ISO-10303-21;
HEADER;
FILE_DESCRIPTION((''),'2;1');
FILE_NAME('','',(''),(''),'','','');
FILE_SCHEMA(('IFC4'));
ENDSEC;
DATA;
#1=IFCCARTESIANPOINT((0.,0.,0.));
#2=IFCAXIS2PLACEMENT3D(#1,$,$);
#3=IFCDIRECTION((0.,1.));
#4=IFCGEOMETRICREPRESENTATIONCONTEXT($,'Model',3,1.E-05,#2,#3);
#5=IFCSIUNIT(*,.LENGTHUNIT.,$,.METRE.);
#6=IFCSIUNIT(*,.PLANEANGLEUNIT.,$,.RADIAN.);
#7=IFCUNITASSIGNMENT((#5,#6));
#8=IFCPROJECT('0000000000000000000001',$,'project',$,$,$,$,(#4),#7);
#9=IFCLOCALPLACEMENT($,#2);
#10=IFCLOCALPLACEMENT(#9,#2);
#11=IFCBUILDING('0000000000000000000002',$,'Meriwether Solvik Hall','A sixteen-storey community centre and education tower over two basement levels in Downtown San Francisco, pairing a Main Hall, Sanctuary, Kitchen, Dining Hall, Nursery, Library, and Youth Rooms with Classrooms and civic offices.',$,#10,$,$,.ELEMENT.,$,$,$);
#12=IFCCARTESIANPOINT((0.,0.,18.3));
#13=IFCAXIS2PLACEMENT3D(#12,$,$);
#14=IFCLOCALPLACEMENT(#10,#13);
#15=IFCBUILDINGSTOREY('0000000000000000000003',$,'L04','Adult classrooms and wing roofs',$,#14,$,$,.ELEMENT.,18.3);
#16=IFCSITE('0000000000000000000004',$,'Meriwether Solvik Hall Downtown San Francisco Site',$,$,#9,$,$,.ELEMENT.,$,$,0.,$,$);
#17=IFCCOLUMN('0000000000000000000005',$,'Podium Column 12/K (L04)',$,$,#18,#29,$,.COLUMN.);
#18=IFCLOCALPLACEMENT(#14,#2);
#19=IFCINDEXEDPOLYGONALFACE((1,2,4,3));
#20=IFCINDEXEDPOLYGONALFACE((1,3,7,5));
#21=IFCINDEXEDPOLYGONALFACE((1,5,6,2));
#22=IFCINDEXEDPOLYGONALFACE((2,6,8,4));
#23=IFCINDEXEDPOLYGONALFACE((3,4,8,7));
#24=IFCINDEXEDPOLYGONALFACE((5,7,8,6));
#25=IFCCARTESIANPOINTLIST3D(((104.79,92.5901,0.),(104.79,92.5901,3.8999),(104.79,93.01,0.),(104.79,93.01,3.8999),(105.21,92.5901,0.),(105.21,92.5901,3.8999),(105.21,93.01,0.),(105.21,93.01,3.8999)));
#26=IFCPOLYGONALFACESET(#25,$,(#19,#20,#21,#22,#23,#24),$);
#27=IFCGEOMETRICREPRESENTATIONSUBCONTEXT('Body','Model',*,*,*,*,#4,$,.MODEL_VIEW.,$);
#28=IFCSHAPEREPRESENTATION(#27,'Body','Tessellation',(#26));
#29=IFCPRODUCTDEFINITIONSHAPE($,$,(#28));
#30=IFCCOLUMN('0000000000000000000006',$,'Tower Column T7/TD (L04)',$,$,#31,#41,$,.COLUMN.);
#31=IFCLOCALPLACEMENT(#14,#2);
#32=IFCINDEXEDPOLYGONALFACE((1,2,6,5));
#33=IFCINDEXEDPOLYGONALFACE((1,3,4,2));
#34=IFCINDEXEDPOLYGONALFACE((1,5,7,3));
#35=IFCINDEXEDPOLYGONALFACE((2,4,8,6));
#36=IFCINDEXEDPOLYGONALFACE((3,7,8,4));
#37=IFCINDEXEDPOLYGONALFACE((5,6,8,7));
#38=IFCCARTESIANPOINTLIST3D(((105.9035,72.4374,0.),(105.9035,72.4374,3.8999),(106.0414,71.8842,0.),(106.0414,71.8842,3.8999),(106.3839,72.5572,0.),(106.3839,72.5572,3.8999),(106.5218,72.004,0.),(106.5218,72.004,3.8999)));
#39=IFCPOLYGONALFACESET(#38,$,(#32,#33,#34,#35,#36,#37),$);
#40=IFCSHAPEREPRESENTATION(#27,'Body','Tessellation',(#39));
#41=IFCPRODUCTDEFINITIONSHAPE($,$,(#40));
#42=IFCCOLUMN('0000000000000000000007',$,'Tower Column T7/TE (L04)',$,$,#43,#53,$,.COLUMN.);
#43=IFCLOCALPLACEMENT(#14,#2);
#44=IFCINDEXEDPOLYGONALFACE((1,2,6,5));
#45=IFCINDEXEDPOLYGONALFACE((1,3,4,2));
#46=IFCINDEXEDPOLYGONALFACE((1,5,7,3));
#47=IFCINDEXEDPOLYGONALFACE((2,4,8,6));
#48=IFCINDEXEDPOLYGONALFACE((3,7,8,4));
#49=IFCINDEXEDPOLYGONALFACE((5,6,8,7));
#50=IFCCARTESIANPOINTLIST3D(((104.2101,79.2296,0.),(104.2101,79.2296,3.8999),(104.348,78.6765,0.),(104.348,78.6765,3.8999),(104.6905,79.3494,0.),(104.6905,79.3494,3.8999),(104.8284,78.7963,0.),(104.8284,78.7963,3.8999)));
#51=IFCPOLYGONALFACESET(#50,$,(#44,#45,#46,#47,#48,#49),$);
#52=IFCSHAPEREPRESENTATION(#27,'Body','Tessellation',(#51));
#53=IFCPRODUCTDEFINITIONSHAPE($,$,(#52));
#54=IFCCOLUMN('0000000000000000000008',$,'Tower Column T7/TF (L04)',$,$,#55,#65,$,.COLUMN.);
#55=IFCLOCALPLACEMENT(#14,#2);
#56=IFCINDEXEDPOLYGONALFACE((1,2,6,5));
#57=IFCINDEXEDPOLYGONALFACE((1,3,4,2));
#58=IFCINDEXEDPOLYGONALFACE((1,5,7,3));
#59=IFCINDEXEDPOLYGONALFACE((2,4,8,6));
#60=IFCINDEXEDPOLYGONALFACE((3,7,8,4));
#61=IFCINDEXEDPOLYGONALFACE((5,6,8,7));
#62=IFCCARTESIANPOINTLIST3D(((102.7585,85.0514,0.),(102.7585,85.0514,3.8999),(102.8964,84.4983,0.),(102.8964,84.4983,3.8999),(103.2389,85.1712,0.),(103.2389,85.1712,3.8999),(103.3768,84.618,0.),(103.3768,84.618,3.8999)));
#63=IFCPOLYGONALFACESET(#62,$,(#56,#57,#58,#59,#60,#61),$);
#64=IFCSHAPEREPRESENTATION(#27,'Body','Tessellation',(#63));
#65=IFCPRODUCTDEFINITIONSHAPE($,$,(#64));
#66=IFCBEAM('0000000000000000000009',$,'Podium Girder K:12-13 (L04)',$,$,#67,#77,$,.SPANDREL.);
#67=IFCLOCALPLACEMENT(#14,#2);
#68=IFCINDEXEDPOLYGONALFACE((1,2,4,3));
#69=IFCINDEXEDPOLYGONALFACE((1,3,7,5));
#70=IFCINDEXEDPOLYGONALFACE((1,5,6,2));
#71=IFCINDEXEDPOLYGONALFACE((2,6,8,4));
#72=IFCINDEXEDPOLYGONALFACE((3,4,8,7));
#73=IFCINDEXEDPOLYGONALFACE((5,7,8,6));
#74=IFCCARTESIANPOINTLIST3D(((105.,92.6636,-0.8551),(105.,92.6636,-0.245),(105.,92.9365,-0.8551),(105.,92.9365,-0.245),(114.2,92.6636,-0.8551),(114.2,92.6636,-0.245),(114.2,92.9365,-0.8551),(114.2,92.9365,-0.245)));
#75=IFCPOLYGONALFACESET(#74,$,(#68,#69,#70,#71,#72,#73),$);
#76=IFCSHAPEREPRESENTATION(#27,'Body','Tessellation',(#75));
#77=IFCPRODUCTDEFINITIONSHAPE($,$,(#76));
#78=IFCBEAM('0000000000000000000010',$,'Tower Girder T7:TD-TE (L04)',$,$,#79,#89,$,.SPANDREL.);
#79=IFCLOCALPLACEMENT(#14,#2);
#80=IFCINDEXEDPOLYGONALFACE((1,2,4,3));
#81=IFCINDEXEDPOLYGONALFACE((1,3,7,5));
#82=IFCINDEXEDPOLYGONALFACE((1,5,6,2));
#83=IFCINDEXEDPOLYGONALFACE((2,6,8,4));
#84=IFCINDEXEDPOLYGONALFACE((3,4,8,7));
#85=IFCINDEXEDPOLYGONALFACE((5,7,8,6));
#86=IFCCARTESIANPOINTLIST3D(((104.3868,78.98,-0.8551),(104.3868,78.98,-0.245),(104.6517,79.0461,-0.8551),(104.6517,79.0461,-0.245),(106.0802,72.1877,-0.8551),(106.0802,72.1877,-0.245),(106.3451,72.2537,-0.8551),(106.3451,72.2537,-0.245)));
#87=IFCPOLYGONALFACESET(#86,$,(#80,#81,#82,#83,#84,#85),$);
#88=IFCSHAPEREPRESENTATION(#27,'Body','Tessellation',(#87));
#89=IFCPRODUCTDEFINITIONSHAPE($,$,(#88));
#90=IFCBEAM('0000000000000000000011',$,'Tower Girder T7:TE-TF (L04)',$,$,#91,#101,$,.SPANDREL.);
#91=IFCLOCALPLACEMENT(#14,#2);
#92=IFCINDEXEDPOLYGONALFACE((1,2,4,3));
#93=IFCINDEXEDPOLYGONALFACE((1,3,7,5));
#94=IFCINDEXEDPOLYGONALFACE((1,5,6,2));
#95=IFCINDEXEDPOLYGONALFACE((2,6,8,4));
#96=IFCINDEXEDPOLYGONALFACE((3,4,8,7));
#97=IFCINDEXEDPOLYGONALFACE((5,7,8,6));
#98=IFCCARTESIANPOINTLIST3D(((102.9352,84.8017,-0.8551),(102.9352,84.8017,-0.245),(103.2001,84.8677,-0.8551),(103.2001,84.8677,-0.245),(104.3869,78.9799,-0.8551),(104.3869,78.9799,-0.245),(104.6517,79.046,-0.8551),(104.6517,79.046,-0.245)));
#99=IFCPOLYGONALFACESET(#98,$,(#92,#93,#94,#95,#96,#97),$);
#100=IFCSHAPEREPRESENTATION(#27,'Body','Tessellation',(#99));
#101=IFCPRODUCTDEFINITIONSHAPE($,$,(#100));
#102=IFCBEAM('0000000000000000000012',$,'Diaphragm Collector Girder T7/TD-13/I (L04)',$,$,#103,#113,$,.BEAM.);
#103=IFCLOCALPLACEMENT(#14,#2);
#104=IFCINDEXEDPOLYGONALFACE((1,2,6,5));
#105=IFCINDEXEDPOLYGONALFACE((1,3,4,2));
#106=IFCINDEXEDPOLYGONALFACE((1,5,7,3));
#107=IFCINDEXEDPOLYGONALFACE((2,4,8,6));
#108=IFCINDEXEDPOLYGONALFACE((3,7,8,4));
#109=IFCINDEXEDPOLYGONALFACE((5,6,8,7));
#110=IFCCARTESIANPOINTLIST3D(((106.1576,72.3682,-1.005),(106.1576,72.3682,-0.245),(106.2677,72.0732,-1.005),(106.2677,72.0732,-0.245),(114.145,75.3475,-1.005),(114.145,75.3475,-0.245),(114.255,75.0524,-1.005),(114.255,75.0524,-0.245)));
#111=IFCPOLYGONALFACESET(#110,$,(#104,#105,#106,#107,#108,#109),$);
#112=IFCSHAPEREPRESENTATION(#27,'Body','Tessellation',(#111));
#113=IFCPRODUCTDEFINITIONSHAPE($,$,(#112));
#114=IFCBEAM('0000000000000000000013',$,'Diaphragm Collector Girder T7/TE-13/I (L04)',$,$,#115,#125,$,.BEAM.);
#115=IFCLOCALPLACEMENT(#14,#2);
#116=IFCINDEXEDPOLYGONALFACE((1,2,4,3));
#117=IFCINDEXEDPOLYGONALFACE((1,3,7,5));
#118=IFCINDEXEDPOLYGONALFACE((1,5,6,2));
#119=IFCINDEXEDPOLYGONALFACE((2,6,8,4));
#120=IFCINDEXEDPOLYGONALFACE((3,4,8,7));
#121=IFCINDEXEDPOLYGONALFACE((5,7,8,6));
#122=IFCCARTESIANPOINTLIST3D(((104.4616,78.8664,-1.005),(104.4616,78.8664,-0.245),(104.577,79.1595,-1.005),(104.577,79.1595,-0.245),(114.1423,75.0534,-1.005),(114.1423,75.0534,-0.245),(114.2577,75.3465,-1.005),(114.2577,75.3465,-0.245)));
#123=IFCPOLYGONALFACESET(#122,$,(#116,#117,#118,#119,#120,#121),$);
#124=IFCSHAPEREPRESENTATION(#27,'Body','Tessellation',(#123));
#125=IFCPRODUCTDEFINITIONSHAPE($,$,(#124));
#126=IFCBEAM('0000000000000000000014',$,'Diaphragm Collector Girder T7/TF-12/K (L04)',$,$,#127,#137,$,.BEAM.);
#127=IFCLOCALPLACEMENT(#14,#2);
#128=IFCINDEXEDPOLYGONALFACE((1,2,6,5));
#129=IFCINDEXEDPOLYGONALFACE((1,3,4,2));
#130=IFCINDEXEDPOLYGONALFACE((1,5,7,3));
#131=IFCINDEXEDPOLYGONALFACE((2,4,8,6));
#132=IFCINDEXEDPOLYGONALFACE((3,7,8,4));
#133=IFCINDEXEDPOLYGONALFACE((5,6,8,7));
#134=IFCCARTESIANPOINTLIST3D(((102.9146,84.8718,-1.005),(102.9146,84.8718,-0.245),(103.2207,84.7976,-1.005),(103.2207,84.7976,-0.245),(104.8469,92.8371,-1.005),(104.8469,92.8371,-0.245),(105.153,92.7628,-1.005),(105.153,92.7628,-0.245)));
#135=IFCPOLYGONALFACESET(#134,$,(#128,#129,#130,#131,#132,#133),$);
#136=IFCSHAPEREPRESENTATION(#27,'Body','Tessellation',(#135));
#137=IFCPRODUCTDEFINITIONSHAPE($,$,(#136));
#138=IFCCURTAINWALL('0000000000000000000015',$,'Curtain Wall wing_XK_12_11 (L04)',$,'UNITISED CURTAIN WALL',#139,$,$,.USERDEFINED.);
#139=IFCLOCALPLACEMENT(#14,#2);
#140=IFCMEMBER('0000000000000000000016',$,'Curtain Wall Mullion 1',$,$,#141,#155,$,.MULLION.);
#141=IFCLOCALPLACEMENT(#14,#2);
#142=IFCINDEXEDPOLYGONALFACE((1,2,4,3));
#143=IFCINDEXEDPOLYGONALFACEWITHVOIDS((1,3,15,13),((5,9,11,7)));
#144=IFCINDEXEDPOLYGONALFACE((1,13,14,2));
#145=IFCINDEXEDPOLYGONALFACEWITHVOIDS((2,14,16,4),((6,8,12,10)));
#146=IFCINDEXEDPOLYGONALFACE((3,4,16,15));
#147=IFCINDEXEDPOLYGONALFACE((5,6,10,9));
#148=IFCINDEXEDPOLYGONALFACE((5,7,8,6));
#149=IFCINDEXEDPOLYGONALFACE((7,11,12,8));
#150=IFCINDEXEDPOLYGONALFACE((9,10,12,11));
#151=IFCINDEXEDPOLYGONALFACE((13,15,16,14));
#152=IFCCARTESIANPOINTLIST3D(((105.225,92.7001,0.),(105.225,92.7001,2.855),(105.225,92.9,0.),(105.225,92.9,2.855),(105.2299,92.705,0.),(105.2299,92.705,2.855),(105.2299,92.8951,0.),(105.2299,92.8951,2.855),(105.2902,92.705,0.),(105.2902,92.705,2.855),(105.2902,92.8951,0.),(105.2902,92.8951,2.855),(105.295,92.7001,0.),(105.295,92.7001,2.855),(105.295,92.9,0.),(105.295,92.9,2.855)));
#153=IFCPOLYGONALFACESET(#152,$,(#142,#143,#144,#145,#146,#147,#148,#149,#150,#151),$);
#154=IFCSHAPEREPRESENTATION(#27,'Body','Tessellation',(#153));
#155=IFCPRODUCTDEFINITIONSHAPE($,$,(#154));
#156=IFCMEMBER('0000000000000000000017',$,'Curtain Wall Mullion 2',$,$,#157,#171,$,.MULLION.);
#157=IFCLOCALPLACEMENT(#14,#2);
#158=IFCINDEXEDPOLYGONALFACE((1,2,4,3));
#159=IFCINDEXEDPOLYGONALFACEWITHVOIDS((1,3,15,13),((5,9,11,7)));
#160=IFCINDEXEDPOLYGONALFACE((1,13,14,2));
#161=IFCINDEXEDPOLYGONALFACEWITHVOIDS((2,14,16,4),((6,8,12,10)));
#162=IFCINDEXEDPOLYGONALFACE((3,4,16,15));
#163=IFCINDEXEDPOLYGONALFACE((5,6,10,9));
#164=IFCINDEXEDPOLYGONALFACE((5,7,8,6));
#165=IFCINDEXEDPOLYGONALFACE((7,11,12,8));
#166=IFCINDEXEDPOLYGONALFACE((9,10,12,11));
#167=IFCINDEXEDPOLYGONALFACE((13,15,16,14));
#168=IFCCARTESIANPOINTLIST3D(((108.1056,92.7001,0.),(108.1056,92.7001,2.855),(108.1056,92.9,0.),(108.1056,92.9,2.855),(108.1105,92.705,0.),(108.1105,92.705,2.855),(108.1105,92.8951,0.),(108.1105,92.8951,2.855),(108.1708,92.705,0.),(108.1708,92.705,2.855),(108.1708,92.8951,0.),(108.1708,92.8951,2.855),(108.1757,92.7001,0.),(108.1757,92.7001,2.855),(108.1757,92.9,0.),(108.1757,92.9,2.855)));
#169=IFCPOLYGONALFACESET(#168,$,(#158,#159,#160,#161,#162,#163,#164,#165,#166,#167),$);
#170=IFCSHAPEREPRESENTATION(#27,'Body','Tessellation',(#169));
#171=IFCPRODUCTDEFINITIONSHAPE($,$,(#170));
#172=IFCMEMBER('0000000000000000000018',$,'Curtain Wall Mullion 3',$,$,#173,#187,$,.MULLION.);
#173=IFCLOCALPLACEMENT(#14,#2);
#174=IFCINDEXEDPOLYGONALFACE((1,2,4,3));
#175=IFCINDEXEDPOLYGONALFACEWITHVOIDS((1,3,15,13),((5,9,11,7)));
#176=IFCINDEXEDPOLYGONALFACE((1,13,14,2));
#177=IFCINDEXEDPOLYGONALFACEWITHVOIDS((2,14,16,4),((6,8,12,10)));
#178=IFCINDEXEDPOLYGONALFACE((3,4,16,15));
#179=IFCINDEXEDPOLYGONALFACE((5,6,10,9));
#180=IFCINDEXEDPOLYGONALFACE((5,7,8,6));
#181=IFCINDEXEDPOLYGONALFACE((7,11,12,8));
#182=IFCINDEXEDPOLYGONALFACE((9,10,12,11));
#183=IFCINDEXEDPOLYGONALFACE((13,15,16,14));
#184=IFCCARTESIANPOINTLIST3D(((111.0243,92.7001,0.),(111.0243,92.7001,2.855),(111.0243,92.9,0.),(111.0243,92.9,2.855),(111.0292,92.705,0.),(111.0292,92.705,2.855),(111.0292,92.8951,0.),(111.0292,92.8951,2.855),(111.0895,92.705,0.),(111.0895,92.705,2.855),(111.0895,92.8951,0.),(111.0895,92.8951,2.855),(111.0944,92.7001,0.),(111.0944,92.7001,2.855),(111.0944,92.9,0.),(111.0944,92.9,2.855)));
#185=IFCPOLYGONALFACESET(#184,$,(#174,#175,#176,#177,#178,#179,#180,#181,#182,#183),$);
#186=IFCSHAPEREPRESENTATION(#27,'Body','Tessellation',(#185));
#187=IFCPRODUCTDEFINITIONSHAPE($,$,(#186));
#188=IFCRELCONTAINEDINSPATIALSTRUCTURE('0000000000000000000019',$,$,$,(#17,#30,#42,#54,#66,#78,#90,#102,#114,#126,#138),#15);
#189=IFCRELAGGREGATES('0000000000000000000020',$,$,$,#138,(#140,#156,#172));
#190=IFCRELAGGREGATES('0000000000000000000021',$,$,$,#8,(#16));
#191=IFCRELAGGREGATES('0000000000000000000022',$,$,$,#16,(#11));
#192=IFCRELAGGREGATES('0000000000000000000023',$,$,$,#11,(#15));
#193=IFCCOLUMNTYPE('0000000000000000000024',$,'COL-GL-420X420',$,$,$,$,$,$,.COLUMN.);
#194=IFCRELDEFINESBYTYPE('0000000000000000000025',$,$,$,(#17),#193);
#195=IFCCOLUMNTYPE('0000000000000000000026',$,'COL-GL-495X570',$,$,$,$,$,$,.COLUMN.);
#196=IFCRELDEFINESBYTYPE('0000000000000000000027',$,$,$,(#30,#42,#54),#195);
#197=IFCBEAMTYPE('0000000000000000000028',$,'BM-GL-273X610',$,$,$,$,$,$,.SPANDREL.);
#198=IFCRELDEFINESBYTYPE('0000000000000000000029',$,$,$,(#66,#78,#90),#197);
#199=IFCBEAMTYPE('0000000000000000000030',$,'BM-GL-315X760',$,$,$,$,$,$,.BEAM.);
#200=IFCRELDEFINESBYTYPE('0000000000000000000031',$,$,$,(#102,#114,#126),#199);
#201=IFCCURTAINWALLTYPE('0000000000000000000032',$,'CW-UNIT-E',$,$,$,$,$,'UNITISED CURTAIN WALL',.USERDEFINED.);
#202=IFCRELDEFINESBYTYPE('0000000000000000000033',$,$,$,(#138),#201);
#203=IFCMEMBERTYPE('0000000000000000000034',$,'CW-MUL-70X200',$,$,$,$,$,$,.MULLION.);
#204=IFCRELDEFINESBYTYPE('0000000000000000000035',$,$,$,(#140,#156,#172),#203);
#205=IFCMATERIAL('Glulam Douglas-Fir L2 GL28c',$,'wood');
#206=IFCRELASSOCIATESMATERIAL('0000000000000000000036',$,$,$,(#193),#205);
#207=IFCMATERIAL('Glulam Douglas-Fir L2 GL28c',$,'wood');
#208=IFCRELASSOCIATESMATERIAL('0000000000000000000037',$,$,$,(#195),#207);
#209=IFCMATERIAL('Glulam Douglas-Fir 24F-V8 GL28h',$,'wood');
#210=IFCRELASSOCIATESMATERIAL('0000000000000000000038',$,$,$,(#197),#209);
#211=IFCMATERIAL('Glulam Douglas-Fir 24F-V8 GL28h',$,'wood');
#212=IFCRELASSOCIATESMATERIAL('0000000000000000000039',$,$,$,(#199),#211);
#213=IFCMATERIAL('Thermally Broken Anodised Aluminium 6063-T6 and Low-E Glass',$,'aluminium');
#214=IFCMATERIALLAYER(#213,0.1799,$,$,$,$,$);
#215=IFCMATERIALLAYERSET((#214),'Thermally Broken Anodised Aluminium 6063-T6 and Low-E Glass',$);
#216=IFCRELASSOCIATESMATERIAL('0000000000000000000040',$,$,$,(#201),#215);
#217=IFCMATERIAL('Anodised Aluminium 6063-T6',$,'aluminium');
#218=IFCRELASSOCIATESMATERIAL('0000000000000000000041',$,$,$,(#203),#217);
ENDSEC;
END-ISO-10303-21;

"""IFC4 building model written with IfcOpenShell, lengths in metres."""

from ifc_helpers import new_model, si_unit, direction, frame, origin, origin_2d, place, context, subcontext, project, spatial, rectangle, hollow_rectangle, extrude, material, layer, layer_set, material_profile, profile_set, type_object, element, aggregate, save


model = new_model("IFC4")

# Units and contexts
model_context = context("Model", 3, precision=1e-05, world=origin(), true_north=direction((0.0, 1.0)))
body_context = subcontext(model_context, "Body", "Model", "MODEL_VIEW")
ifc_project = project(units=[si_unit("LENGTHUNIT", "METRE"), si_unit("PLANEANGLEUNIT", "RADIAN")], contexts=[model_context])

# Site, building, storey
site_placement = place(None, origin())
site = spatial("IfcSite", under=ifc_project, at=site_placement, Name="Meriwether Solvik Hall Downtown San Francisco Site", CompositionType="ELEMENT", RefElevation=0.0)
building_placement = place(site_placement, origin())
building = spatial("IfcBuilding", under=site, at=building_placement, Name="Meriwether Solvik Hall", Description="A sixteen-storey community centre and education tower over two basement levels in Downtown San Francisco, pairing a Main Hall, Sanctuary, Kitchen, Dining Hall, Nursery, Library, and Youth Rooms with Classrooms and civic offices.", CompositionType="ELEMENT")
storey_placement = place(building_placement, frame((0.0, 0.0, 18.3)))
storey = spatial("IfcBuildingStorey", under=building, at=storey_placement, Name="L04", Description="Adult classrooms and wing roofs", CompositionType="ELEMENT", Elevation=18.3)

# Columns
ifc_material_1 = material(Name="Glulam Douglas-Fir L2 GL28c", Category="wood")
ifc_material_profile_1 = material_profile(ifc_material_1, rectangle(XDim=0.4199, YDim=0.4199, at=origin_2d()), Name="GLC-420X420")
ifc_profile_set_1 = profile_set([ifc_material_profile_1], Name="Glulam Douglas-Fir L2 GL28c")
column_type_1 = type_object("IfcColumnType", Name="COL-GL-420X420", PredefinedType="COLUMN", material=ifc_profile_set_1)
column_placement = place(storey_placement, frame((105.0, 92.8, 0.0), z_axis=(0.0, 0.0, 1.0), x_axis=(1.0, 0.0, 0.0)))
element("IfcColumn", 1, at=column_placement, inside=storey, type_object=column_type_1, Name="Podium Column 12/K (L04)", PredefinedType="COLUMN", context=body_context, shape_type="SweptSolid", body=[
    extrude(rectangle(XDim=0.4199, YDim=0.4199, at=origin_2d()), origin(), (0.0, 0.0, 1.0), 3.8999),
])
ifc_material_2 = material(Name="Glulam Douglas-Fir L2 GL28c", Category="wood")
ifc_material_profile_2 = material_profile(ifc_material_2, rectangle(XDim=0.4951, YDim=0.5701, at=origin_2d()), Name="GLC-495X570")
ifc_profile_set_2 = profile_set([ifc_material_profile_2], Name="Glulam Douglas-Fir L2 GL28c")
column_type_2 = type_object("IfcColumnType", Name="COL-GL-495X570", PredefinedType="COLUMN", material=ifc_profile_set_2)
for number, where, z_axis, x_axis, name in (
    (2, (106.2126, 72.2207, 0.0), (0.0, 0.0, 1.0), (0.970296, 0.241922, 0.0), "Tower Column T7/TD (L04)"),
    (3, (104.5193, 79.0129, 0.0), (0.0, 0.0, 1.0), (0.970296, 0.241922, 0.0), "Tower Column T7/TE (L04)"),
    (4, (103.0676, 84.8347, 0.0), (0.0, 0.0, 1.0), (0.970296, 0.241922, 0.0), "Tower Column T7/TF (L04)"),
):
    element("IfcColumn", number, at=place(storey_placement, frame(where, z_axis=z_axis, x_axis=x_axis)), inside=storey, type_object=column_type_2, Name=name, PredefinedType="COLUMN", context=body_context, shape_type="SweptSolid", body=[
        extrude(rectangle(XDim=0.4951, YDim=0.5701, at=origin_2d()), origin(), (0.0, 0.0, 1.0), 3.8999),
    ])

# Beams
ifc_material_3 = material(Name="Glulam Douglas-Fir 24F-V8 GL28h", Category="wood")
ifc_material_profile_3 = material_profile(ifc_material_3, rectangle(XDim=0.2729, YDim=0.6101, at=origin_2d()), Name="GLB-273X610")
ifc_profile_set_3 = profile_set([ifc_material_profile_3], Name="Glulam Douglas-Fir 24F-V8 GL28h")
beam_type_1 = type_object("IfcBeamType", Name="BM-GL-273X610", PredefinedType="SPANDREL", material=ifc_profile_set_3)
beam_1_placement = place(storey_placement, frame((105.0, 92.8, -0.55), z_axis=(1.0, 0.0, 0.0), x_axis=(0.0, 1.0, 0.0)))
element("IfcBeam", 5, at=beam_1_placement, inside=storey, type_object=beam_type_1, Name="Podium Girder K:12-13 (L04)", PredefinedType="SPANDREL", context=body_context, shape_type="SweptSolid", body=[
    extrude(rectangle(XDim=0.2729, YDim=0.6101, at=origin_2d()), origin(), (0.0, 0.0, 1.0), 9.2),
])
beam_2_placement = place(storey_placement, frame((106.2126, 72.2207, -0.55), z_axis=(-0.241904, 0.9703, 0.0), x_axis=(-0.9703, -0.241904, 0.0)))
element("IfcBeam", 6, at=beam_2_placement, inside=storey, type_object=beam_type_1, Name="Tower Girder T7:TD-TE (L04)", PredefinedType="SPANDREL", context=body_context, shape_type="SweptSolid", body=[
    extrude(rectangle(XDim=0.2729, YDim=0.6101, at=origin_2d()), origin(), (0.0, 0.0, 1.0), 7.0002),
])
beam_3_placement = place(storey_placement, frame((104.5193, 79.0129, -0.55), z_axis=(-0.241942, 0.970291, 0.0), x_axis=(-0.970291, -0.241942, 0.0)))
element("IfcBeam", 7, at=beam_3_placement, inside=storey, type_object=beam_type_1, Name="Tower Girder T7:TE-TF (L04)", PredefinedType="SPANDREL", context=body_context, shape_type="SweptSolid", body=[
    extrude(rectangle(XDim=0.2729, YDim=0.6101, at=origin_2d()), origin(), (0.0, 0.0, 1.0), 6.0),
])
ifc_material_4 = material(Name="Glulam Douglas-Fir 24F-V8 GL28h", Category="wood")
ifc_material_profile_4 = material_profile(ifc_material_4, rectangle(XDim=0.3149, YDim=0.76, at=origin_2d()), Name="GLB-315X760")
ifc_profile_set_4 = profile_set([ifc_material_profile_4], Name="Glulam Douglas-Fir 24F-V8 GL28h")
beam_type_2 = type_object("IfcBeamType", Name="BM-GL-315X760", PredefinedType="BEAM", material=ifc_profile_set_4)
beam_4_placement = place(storey_placement, frame((106.2126, 72.2207, -0.625), z_axis=(0.936944, 0.349478, 0.0), x_axis=(-0.349478, 0.936944, 0.0)))
element("IfcBeam", 8, at=beam_4_placement, inside=storey, type_object=beam_type_2, Name="Diaphragm Collector Girder T7/TD-13/I (L04)", PredefinedType="BEAM", context=body_context, shape_type="SweptSolid", body=[
    extrude(rectangle(XDim=0.3149, YDim=0.76, at=origin_2d()), origin(), (0.0, 0.0, 1.0), 8.5249),
])
beam_5_placement = place(storey_placement, frame((104.5193, 79.0129, -0.625), z_axis=(0.930428, -0.366474, 0.0), x_axis=(0.366474, 0.930428, 0.0)))
element("IfcBeam", 9, at=beam_5_placement, inside=storey, type_object=beam_type_2, Name="Diaphragm Collector Girder T7/TE-13/I (L04)", PredefinedType="BEAM", context=body_context, shape_type="SweptSolid", body=[
    extrude(rectangle(XDim=0.3149, YDim=0.76, at=origin_2d()), origin(), (0.0, 0.0, 1.0), 10.4045),
])
beam_6_placement = place(storey_placement, frame((103.0676, 84.8347, -0.625), z_axis=(0.235759, 0.971811, 0.0), x_axis=(-0.971811, 0.235759, 0.0)))
element("IfcBeam", 10, at=beam_6_placement, inside=storey, type_object=beam_type_2, Name="Diaphragm Collector Girder T7/TF-12/K (L04)", PredefinedType="BEAM", context=body_context, shape_type="SweptSolid", body=[
    extrude(rectangle(XDim=0.3149, YDim=0.76, at=origin_2d()), origin(), (0.0, 0.0, 1.0), 8.1963),
])

# Curtain wall, members
ifc_material_5 = material(Name="Thermally Broken Anodised Aluminium 6063-T6 and Low-E Glass", Category="aluminium")
ifc_layer_1 = layer(ifc_material_5, 0.1799)
ifc_layer_set_1 = layer_set([ifc_layer_1], Name="Thermally Broken Anodised Aluminium 6063-T6 and Low-E Glass")
curtain_wall_type = type_object("IfcCurtainWallType", Name="CW-UNIT-E", ElementType="UNITISED CURTAIN WALL", PredefinedType="USERDEFINED", material=ifc_layer_set_1)
curtain_wall_placement = place(storey_placement, origin())
curtain_wall = element("IfcCurtainWall", 11, at=curtain_wall_placement, inside=storey, type_object=curtain_wall_type, Name="Curtain Wall wing_XK_12_11 (L04)", ObjectType="UNITISED CURTAIN WALL", PredefinedType="USERDEFINED")
ifc_material_6 = material(Name="Anodised Aluminium 6063-T6", Category="aluminium")
ifc_material_profile_5 = material_profile(ifc_material_6, hollow_rectangle(XDim=0.0701, YDim=0.2, WallThickness=0.0049, at=origin_2d()), Name="CWM-70X200")
ifc_profile_set_5 = profile_set([ifc_material_profile_5], Name="Anodised Aluminium 6063-T6")
member_type_1 = type_object("IfcMemberType", Name="CW-MUL-70X200", PredefinedType="MULLION", material=ifc_profile_set_5)
member_1_placement = place(storey_placement, frame((105.26, 92.8, 0.0), z_axis=(0.0, 0.0, 1.0), x_axis=(1.0, 0.0, 0.0)))
member_1 = element("IfcMember", 12, at=member_1_placement, type_object=member_type_1, Name="Curtain Wall Mullion 1", PredefinedType="MULLION", context=body_context, shape_type="SweptSolid", body=[
    extrude(hollow_rectangle(XDim=0.0701, YDim=0.2, WallThickness=0.0049, at=origin_2d()), origin(), (0.0, 0.0, 1.0), 2.855),
])
member_2_placement = place(storey_placement, frame((108.1406, 92.8, 0.0), z_axis=(0.0, 0.0, 1.0), x_axis=(1.0, 0.0, 0.0)))
member_2 = element("IfcMember", 13, at=member_2_placement, type_object=member_type_1, Name="Curtain Wall Mullion 2", PredefinedType="MULLION", context=body_context, shape_type="SweptSolid", body=[
    extrude(hollow_rectangle(XDim=0.0701, YDim=0.2, WallThickness=0.0049, at=origin_2d()), origin(), (0.0, 0.0, 1.0), 2.855),
])
member_3_placement = place(storey_placement, frame((111.0593, 92.8, 0.0), z_axis=(0.0, 0.0, 1.0), x_axis=(1.0, 0.0, 0.0)))
member_3 = element("IfcMember", 14, at=member_3_placement, type_object=member_type_1, Name="Curtain Wall Mullion 3", PredefinedType="MULLION", context=body_context, shape_type="SweptSolid", body=[
    extrude(hollow_rectangle(XDim=0.0701, YDim=0.2, WallThickness=0.0049, at=origin_2d()), origin(), (0.0, 0.0, 1.0), 2.855),
])
aggregate(curtain_wall, [member_1, member_2, member_3])

save(model, "model.ifc")
